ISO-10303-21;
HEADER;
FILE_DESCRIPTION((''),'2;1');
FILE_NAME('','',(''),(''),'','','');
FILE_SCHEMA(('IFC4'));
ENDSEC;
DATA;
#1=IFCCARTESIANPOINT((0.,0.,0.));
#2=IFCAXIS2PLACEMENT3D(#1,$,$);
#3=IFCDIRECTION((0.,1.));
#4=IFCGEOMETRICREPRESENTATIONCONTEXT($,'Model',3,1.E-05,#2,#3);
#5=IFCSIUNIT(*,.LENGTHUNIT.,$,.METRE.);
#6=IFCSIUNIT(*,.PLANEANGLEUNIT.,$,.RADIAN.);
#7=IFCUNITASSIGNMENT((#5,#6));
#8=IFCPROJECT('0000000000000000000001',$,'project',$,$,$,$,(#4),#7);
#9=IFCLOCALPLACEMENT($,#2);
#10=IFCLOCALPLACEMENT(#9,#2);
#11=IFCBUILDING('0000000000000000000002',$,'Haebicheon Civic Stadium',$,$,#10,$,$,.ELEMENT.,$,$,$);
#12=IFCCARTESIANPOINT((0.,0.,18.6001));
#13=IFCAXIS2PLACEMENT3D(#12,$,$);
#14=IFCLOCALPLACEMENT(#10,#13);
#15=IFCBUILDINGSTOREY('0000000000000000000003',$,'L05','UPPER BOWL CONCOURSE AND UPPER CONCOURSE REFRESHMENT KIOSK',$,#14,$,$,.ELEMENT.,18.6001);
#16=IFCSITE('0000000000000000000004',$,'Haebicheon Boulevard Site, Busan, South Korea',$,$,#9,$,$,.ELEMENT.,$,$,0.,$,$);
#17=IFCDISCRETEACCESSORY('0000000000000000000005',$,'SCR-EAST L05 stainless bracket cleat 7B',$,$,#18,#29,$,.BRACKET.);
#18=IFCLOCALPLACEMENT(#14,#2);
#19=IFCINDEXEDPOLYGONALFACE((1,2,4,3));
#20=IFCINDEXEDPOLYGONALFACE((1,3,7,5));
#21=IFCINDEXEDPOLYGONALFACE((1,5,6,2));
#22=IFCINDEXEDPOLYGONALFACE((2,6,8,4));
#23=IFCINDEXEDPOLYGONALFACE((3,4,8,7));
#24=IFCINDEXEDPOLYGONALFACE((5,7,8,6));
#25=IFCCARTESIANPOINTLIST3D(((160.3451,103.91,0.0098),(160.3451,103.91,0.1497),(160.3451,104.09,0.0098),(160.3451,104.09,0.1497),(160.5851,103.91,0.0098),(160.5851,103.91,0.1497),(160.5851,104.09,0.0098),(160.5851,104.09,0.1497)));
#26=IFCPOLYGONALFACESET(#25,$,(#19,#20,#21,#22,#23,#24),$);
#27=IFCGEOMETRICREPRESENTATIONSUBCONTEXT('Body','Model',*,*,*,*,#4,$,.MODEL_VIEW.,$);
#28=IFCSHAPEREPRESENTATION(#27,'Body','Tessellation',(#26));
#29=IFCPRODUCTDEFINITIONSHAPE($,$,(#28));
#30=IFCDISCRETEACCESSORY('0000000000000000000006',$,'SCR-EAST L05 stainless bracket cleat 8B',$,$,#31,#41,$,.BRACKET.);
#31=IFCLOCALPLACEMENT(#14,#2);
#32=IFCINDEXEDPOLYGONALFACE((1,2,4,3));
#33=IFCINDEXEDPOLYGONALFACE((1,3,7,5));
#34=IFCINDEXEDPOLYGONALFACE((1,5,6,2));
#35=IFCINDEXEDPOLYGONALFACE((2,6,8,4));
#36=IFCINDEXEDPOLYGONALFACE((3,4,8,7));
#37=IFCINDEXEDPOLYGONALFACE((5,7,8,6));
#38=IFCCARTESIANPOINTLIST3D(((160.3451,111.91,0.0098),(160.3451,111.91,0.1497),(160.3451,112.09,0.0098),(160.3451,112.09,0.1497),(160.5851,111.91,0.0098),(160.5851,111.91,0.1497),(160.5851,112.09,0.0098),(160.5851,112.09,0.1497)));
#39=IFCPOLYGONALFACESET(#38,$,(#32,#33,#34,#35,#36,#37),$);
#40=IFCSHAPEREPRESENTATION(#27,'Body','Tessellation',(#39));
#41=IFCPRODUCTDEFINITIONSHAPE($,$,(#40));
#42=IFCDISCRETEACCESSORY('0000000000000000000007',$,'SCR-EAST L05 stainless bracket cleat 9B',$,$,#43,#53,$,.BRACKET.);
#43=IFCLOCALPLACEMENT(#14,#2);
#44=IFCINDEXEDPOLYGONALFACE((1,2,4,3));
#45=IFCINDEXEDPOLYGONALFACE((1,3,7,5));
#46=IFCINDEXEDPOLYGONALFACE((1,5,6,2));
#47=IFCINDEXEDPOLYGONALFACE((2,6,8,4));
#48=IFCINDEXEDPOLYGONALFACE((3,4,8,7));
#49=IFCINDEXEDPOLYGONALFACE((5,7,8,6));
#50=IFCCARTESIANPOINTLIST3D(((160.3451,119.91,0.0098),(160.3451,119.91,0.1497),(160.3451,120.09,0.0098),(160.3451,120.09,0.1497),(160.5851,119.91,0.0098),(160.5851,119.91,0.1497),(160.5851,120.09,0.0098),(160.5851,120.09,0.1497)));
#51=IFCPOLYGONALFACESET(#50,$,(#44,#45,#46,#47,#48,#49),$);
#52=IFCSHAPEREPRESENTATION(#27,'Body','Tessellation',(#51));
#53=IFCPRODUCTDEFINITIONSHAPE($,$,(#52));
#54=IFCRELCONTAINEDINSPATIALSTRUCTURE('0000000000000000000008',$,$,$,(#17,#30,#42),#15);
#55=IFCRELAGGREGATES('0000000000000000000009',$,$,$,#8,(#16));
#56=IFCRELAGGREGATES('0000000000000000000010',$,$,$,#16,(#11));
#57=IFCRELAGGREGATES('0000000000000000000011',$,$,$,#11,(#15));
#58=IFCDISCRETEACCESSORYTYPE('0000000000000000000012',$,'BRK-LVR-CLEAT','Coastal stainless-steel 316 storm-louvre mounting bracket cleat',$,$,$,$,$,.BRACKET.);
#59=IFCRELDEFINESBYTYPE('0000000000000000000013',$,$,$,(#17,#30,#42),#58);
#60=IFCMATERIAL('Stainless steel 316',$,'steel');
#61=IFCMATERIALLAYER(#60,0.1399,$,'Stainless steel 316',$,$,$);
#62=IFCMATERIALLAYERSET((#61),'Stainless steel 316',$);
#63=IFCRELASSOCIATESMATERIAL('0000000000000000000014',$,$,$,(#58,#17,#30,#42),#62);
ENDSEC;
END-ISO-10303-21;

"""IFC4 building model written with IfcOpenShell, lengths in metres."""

from ifc_helpers import new_model, si_unit, direction, frame, origin, origin_2d, place, context, subcontext, project, spatial, rectangle, extrude, material, layer, layer_set, type_object, element, save


model = new_model("IFC4")

# Units and contexts
model_context = context("Model", 3, precision=1e-05, world=origin(), true_north=direction((0.0, 1.0)))
body_context = subcontext(model_context, "Body", "Model", "MODEL_VIEW")
ifc_project = project(units=[si_unit("LENGTHUNIT", "METRE"), si_unit("PLANEANGLEUNIT", "RADIAN")], contexts=[model_context])

# Site, building, storey
site_placement = place(None, origin())
site = spatial("IfcSite", under=ifc_project, at=site_placement, Name="Haebicheon Boulevard Site, Busan, South Korea", CompositionType="ELEMENT", RefElevation=0.0)
building_placement = place(site_placement, origin())
building = spatial("IfcBuilding", under=site, at=building_placement, Name="Haebicheon Civic Stadium", CompositionType="ELEMENT")
storey_placement = place(building_placement, frame((0.0, 0.0, 18.6001)))
storey = spatial("IfcBuildingStorey", under=building, at=storey_placement, Name="L05", Description="UPPER BOWL CONCOURSE AND UPPER CONCOURSE REFRESHMENT KIOSK", CompositionType="ELEMENT", Elevation=18.6001)

# Discrete accessories
ifc_material_1 = material(Name="Stainless steel 316", Category="steel")
ifc_layer_1 = layer(ifc_material_1, 0.1399, Name="Stainless steel 316")
ifc_layer_set_1 = layer_set([ifc_layer_1], Name="Stainless steel 316")
discrete_accessory_type = type_object("IfcDiscreteAccessoryType", Name="BRK-LVR-CLEAT", Description="Coastal stainless-steel 316 storm-louvre mounting bracket cleat", PredefinedType="BRACKET", material=ifc_layer_set_1)
for number, where, z_axis, x_axis, name in (
    (1, (160.4651, 104.0, 0.0098), (0.0, 0.0, 1.0), (1.0, 0.0, 0.0), "SCR-EAST L05 stainless bracket cleat 7B"),
    (2, (160.4651, 112.0, 0.0098), (0.0, 0.0, 1.0), (1.0, 0.0, 0.0), "SCR-EAST L05 stainless bracket cleat 8B"),
    (3, (160.4651, 120.0, 0.0098), (0.0, 0.0, 1.0), (1.0, 0.0, 0.0), "SCR-EAST L05 stainless bracket cleat 9B"),
):
    element("IfcDiscreteAccessory", number, at=place(storey_placement, frame(where, z_axis=z_axis, x_axis=x_axis)), inside=storey, type_object=discrete_accessory_type, material=ifc_layer_set_1, Name=name, PredefinedType="BRACKET", context=body_context, shape_type="SweptSolid", body=[
        extrude(rectangle(XDim=0.24, YDim=0.1799, at=origin_2d()), origin(), (0.0, 0.0, 1.0), 0.1399),
    ])

save(model, "model.ifc")
